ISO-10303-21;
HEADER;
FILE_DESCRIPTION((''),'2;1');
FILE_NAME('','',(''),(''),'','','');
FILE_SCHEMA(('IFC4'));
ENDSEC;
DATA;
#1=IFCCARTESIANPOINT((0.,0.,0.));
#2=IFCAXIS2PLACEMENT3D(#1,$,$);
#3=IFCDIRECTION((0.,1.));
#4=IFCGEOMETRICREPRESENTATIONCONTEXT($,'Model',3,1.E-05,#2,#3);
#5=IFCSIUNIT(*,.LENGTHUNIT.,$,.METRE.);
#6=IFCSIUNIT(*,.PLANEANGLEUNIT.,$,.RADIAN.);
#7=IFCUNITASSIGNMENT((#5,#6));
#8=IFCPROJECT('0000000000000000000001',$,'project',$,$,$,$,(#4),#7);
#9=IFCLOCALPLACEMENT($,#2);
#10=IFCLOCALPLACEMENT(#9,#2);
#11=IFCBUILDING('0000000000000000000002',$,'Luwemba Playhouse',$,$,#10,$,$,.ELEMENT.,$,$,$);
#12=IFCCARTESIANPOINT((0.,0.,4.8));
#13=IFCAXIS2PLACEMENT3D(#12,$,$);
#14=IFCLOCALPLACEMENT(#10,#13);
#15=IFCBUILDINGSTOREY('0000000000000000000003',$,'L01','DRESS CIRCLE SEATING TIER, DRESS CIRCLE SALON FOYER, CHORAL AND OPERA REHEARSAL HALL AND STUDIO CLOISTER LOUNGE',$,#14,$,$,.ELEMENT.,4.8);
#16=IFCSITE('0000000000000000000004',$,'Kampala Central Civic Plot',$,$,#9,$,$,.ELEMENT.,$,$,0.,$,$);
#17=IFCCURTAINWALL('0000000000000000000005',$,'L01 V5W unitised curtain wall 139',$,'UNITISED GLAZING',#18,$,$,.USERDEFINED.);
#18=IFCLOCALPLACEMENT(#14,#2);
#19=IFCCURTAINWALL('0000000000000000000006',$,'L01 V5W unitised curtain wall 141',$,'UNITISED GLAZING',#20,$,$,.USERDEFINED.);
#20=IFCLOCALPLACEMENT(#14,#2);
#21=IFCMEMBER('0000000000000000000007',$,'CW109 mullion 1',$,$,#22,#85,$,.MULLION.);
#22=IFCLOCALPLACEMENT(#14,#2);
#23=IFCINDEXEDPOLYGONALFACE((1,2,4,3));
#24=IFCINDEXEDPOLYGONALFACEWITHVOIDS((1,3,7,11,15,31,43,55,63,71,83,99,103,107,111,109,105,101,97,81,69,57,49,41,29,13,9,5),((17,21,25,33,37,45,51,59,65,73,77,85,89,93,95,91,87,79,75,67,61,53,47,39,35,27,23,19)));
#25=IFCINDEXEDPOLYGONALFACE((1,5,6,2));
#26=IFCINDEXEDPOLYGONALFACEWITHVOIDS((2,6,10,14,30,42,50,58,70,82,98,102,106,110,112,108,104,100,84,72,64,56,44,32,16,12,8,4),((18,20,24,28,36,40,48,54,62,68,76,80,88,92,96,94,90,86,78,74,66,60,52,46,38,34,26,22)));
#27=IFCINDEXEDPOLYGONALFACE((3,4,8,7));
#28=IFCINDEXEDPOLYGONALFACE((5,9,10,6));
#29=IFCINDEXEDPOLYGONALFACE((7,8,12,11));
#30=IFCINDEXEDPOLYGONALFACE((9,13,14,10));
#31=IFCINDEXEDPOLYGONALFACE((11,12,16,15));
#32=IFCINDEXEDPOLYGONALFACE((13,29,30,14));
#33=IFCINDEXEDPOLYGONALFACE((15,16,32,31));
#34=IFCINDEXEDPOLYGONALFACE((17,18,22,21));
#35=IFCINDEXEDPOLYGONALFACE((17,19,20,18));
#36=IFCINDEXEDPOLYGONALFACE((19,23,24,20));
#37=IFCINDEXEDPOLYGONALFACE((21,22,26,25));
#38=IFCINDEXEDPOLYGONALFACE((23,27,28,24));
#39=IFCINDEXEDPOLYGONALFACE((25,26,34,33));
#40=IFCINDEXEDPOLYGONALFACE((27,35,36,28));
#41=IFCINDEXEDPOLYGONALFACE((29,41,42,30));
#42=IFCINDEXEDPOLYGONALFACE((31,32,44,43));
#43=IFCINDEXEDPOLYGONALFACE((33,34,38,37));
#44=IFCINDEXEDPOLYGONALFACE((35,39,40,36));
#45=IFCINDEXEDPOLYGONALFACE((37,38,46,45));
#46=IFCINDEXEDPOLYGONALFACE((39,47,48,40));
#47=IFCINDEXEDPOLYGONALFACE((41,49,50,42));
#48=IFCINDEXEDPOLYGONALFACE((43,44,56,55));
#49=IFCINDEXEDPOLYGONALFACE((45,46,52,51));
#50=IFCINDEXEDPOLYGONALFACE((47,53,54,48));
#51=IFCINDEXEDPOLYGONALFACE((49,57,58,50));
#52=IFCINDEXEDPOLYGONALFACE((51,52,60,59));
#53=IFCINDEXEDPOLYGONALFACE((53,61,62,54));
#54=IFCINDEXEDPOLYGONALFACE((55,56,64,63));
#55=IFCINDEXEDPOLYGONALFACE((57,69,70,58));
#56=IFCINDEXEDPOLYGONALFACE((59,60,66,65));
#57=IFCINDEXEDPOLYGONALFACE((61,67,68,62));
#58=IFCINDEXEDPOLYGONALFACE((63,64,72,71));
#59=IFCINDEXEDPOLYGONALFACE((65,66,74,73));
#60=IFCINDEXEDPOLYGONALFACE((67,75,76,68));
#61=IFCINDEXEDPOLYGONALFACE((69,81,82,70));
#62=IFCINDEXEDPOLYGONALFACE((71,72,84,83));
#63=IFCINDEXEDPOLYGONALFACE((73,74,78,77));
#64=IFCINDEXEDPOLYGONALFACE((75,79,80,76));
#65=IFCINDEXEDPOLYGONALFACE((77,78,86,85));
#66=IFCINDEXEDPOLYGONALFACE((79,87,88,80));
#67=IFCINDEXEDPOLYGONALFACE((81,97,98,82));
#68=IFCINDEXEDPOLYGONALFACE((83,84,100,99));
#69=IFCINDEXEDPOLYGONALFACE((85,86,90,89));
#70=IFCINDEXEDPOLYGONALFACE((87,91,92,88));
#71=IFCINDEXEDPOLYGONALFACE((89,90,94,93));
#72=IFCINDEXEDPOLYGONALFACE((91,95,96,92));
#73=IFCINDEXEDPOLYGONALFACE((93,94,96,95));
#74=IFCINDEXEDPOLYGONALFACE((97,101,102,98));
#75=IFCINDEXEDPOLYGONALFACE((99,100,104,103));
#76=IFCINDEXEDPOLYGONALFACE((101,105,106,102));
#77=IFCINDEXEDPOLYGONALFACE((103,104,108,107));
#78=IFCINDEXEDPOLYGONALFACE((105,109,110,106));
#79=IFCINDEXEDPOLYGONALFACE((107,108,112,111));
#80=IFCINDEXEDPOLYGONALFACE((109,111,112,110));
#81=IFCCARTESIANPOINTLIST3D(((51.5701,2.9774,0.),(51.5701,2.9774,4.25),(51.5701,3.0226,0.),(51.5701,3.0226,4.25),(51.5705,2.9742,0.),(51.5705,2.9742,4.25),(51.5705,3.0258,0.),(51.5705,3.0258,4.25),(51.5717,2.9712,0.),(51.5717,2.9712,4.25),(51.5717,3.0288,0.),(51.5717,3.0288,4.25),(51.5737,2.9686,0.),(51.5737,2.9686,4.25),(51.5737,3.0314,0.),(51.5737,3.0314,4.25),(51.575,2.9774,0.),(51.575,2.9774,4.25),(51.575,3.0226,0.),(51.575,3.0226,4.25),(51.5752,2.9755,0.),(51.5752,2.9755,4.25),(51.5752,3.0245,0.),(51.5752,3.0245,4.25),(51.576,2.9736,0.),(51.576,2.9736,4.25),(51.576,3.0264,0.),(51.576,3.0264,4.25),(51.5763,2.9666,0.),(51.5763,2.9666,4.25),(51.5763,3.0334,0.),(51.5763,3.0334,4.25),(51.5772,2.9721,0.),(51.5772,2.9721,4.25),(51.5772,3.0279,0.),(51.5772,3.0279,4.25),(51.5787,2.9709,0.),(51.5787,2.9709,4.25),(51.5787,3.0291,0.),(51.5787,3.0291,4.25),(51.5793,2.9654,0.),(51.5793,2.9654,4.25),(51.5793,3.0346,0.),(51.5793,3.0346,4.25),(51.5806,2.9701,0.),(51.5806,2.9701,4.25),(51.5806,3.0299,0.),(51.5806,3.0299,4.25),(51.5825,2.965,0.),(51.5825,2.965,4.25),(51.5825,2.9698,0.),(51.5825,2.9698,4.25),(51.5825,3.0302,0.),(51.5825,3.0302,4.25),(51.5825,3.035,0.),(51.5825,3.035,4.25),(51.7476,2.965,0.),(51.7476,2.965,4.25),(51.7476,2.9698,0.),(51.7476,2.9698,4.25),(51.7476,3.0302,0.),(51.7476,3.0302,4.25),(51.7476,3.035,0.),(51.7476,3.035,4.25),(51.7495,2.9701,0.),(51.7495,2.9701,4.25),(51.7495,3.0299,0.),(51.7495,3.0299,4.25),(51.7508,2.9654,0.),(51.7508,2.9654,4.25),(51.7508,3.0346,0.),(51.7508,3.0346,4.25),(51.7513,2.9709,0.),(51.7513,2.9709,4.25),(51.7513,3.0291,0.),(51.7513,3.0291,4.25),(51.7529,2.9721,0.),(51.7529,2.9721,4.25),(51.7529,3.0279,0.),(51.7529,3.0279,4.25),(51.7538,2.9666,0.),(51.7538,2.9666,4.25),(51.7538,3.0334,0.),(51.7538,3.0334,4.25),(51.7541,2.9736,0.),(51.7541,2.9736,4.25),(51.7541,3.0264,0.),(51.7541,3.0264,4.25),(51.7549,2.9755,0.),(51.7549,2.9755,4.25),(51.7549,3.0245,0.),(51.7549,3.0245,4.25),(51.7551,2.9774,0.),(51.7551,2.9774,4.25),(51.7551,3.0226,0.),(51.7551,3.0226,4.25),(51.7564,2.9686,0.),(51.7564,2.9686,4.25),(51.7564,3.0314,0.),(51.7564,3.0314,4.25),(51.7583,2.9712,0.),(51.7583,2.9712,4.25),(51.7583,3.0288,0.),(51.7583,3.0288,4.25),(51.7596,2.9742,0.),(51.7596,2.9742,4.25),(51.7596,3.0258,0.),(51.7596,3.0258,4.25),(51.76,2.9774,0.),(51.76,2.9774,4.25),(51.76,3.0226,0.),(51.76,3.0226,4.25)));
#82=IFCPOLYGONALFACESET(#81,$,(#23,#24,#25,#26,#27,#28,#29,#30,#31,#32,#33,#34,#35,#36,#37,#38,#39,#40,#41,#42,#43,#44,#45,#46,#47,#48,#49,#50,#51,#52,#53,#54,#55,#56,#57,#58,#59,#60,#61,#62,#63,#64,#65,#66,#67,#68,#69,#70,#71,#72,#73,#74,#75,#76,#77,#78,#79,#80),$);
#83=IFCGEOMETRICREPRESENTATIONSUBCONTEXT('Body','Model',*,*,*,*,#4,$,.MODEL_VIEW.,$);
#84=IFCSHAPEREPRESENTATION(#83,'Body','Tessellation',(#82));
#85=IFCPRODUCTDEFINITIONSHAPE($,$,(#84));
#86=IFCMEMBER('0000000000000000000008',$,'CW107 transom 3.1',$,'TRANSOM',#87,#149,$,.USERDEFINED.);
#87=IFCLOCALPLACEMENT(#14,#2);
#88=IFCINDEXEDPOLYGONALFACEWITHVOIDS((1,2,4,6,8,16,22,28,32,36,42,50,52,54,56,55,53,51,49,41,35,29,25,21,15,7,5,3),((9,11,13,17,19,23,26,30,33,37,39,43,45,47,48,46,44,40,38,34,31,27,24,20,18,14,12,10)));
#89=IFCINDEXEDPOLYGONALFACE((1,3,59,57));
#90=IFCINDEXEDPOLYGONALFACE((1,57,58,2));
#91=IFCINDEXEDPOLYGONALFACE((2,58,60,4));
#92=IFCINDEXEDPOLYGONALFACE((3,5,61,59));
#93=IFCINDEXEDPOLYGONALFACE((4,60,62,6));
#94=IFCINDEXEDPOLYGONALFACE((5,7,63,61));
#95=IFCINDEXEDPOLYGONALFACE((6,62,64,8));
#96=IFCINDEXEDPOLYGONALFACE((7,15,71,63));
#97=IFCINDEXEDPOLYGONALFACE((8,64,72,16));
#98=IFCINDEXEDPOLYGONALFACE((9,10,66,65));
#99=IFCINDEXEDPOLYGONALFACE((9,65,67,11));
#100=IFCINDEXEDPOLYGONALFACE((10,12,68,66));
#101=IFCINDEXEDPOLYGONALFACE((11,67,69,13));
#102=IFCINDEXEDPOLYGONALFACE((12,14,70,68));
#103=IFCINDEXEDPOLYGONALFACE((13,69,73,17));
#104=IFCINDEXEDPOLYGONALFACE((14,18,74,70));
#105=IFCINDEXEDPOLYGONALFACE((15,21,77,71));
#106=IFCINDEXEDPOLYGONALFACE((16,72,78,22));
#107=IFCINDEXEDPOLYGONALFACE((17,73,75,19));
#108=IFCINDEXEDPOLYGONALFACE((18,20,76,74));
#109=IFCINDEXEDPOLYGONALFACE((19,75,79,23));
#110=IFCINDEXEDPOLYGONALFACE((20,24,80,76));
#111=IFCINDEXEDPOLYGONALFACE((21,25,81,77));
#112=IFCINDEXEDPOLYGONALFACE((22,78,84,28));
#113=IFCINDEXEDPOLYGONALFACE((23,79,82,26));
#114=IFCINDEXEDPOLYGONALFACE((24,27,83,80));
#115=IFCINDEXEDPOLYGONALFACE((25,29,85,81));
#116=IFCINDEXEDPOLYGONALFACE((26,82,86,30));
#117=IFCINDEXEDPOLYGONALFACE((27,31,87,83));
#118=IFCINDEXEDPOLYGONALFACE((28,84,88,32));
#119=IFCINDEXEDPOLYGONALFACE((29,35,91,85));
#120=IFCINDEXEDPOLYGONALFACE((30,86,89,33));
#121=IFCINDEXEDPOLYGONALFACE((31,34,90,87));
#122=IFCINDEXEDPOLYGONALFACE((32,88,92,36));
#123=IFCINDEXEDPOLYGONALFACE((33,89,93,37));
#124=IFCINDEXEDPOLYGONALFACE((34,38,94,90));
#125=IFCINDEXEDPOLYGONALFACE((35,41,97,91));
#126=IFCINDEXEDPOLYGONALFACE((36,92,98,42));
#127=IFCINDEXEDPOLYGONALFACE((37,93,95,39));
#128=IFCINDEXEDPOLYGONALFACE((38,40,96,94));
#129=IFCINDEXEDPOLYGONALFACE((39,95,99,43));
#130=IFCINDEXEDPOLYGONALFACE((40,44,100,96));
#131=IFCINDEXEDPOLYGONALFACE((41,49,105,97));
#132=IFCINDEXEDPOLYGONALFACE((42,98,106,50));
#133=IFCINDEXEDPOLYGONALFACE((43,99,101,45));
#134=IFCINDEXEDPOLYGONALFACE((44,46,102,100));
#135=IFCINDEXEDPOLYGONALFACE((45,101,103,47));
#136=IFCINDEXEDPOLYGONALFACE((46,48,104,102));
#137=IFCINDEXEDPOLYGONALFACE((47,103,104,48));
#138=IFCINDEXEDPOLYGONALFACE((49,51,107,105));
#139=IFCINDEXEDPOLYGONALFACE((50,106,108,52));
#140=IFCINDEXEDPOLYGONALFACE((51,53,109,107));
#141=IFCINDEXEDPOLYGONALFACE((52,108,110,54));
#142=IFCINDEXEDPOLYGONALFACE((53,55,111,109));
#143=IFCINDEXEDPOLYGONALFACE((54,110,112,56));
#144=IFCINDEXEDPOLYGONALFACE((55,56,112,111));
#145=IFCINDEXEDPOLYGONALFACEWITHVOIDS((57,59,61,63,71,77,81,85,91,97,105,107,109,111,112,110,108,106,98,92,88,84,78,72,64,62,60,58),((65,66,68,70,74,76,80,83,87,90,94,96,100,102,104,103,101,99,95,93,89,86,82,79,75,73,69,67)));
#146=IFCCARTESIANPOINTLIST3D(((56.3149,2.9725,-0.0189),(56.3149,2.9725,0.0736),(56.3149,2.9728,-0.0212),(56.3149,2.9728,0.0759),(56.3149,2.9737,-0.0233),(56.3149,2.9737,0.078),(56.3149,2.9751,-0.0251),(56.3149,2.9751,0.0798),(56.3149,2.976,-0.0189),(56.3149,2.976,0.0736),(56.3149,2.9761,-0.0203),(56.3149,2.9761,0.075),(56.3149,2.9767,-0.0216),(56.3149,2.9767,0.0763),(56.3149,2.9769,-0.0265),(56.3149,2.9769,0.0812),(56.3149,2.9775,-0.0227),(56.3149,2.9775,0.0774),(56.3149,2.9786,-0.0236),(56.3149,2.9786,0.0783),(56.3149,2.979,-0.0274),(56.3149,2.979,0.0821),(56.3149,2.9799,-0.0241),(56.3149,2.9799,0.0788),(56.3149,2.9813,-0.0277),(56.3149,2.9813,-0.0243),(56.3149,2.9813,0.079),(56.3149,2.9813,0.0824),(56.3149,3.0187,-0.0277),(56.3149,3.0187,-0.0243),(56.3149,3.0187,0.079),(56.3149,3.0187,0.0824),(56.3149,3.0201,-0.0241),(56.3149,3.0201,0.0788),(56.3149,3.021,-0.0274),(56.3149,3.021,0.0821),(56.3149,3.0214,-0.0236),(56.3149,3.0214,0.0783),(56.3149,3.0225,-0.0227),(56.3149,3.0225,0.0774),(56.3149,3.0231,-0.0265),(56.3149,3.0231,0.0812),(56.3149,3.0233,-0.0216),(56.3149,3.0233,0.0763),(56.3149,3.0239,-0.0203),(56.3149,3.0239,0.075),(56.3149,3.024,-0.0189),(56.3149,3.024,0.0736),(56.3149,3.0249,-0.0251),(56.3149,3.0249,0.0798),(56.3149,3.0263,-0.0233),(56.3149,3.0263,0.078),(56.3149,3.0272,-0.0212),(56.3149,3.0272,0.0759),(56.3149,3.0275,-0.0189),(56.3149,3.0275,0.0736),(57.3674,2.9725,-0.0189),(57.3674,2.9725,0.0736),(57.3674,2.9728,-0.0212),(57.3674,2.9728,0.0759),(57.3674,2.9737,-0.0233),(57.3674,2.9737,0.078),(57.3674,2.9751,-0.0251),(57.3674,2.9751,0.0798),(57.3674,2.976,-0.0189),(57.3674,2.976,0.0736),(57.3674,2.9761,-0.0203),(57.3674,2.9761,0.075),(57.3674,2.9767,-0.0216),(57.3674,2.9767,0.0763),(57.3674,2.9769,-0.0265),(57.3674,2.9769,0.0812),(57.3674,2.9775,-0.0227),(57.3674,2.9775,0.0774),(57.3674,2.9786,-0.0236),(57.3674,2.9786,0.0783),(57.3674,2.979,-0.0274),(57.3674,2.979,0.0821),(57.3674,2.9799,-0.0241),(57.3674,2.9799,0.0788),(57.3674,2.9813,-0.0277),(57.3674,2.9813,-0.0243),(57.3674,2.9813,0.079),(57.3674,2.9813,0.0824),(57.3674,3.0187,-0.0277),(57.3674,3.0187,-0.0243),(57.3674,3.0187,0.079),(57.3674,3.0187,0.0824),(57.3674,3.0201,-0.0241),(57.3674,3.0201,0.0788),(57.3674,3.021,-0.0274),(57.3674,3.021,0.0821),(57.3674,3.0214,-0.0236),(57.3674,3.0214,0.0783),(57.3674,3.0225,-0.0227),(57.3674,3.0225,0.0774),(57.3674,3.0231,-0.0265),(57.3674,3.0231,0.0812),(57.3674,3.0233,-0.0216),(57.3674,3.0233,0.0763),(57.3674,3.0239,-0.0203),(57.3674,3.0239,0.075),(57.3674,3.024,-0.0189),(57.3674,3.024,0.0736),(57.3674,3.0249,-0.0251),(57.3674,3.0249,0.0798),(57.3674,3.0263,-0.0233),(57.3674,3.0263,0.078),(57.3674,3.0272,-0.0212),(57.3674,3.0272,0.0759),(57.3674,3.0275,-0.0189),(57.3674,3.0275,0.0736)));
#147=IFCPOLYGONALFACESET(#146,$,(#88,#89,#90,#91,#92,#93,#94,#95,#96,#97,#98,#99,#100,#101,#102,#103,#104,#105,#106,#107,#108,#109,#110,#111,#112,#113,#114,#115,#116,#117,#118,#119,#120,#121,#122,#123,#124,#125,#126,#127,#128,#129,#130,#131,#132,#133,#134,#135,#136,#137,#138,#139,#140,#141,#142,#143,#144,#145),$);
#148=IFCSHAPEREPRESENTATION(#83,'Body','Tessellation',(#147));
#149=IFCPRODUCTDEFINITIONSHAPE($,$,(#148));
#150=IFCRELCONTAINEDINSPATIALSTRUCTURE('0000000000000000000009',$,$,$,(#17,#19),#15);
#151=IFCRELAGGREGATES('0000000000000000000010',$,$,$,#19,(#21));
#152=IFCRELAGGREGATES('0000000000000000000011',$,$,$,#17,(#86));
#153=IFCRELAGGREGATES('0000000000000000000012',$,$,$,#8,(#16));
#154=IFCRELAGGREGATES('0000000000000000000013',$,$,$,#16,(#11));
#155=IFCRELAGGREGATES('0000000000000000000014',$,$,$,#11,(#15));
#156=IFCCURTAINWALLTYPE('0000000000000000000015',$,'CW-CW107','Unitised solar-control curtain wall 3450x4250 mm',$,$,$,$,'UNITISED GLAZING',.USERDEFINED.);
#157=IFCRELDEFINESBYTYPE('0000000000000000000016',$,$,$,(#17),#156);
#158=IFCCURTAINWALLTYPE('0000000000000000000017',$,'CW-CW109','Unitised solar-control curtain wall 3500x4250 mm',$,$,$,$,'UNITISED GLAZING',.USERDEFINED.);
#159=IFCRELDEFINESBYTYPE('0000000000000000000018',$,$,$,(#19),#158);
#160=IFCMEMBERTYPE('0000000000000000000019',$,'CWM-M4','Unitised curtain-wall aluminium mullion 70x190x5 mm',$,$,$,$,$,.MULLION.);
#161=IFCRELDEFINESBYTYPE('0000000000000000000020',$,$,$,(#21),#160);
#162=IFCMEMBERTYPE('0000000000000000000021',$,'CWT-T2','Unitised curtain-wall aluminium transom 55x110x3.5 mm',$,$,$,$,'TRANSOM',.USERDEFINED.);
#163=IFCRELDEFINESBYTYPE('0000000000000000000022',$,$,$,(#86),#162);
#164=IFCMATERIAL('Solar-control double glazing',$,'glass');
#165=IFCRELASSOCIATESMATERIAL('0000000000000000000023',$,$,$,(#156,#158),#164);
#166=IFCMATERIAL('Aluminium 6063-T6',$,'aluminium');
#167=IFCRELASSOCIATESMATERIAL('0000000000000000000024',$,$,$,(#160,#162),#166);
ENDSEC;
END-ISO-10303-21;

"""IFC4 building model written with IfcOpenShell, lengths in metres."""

from ifc_helpers import new_model, si_unit, direction, frame, origin, origin_2d, place, context, subcontext, project, spatial, hollow_rectangle, extrude, material, material_profile, profile_set, type_object, element, aggregate, save


model = new_model("IFC4")

# Units and contexts
model_context = context("Model", 3, precision=1e-05, world=origin(), true_north=direction((0.0, 1.0)))
body_context = subcontext(model_context, "Body", "Model", "MODEL_VIEW")
ifc_project = project(units=[si_unit("LENGTHUNIT", "METRE"), si_unit("PLANEANGLEUNIT", "RADIAN")], contexts=[model_context])

# Site, building, storey
site_placement = place(None, origin())
site = spatial("IfcSite", under=ifc_project, at=site_placement, Name="Kampala Central Civic Plot", CompositionType="ELEMENT", RefElevation=0.0)
building_placement = place(site_placement, origin())
building = spatial("IfcBuilding", under=site, at=building_placement, Name="Luwemba Playhouse", CompositionType="ELEMENT")
storey_placement = place(building_placement, frame((0.0, 0.0, 4.8)))
storey = spatial("IfcBuildingStorey", under=building, at=storey_placement, Name="L01", Description="DRESS CIRCLE SEATING TIER, DRESS CIRCLE SALON FOYER, CHORAL AND OPERA REHEARSAL HALL AND STUDIO CLOISTER LOUNGE", CompositionType="ELEMENT", Elevation=4.8)

# Curtain wall
ifc_material_1 = material(Name="Solar-control double glazing", Category="glass")
curtain_wall_type_1 = type_object("IfcCurtainWallType", Name="CW-CW107", Description="Unitised solar-control curtain wall 3450x4250 mm", ElementType="UNITISED GLAZING", PredefinedType="USERDEFINED", material=ifc_material_1)
curtain_wall_1_placement = place(storey_placement, origin())
curtain_wall_1 = element("IfcCurtainWall", 1, at=curtain_wall_1_placement, inside=storey, type_object=curtain_wall_type_1, Name="L01 V5W unitised curtain wall 139", ObjectType="UNITISED GLAZING", PredefinedType="USERDEFINED")
ifc_material_2 = material(Name="Aluminium 6063-T6", Category="aluminium")

# Curtain wall, member
curtain_wall_type_2 = type_object("IfcCurtainWallType", Name="CW-CW109", Description="Unitised solar-control curtain wall 3500x4250 mm", ElementType="UNITISED GLAZING", PredefinedType="USERDEFINED", material=ifc_material_1)
curtain_wall_2_placement = place(storey_placement, origin())
curtain_wall_2 = element("IfcCurtainWall", 2, at=curtain_wall_2_placement, inside=storey, type_object=curtain_wall_type_2, Name="L01 V5W unitised curtain wall 141", ObjectType="UNITISED GLAZING", PredefinedType="USERDEFINED")
ifc_material_profile_1 = material_profile(ifc_material_2, hollow_rectangle(XDim=0.0701, YDim=0.1899, WallThickness=0.0049, InnerFilletRadius=0.0076, OuterFilletRadius=0.0125, at=origin_2d()))
ifc_profile_set_1 = profile_set([ifc_material_profile_1], Name="Aluminium 6063-T6")
member_type_1 = type_object("IfcMemberType", Name="CWM-M4", Description="Unitised curtain-wall aluminium mullion 70x190x5 mm", PredefinedType="MULLION", material=ifc_profile_set_1)
member_1_placement = place(storey_placement, frame((51.665, 3.0, 0.0), z_axis=(0.0, 0.0, 1.0), x_axis=(0.0, -1.0, 0.0)))
member_1 = element("IfcMember", 3, at=member_1_placement, type_object=member_type_1, Name="CW109 mullion 1", PredefinedType="MULLION", context=body_context, shape_type="SweptSolid", body=[
    extrude(hollow_rectangle(XDim=0.0701, YDim=0.1899, WallThickness=0.0049, InnerFilletRadius=0.0076, OuterFilletRadius=0.0125, at=origin_2d()), origin(), (0.0, 0.0, 1.0), 4.25),
])

# Member
ifc_material_profile_2 = material_profile(ifc_material_2, hollow_rectangle(XDim=0.0549, YDim=0.1101, WallThickness=0.0034, InnerFilletRadius=0.0054, OuterFilletRadius=0.0088, at=origin_2d()))
ifc_profile_set_2 = profile_set([ifc_material_profile_2], Name="Aluminium 6063-T6")
member_type_2 = type_object("IfcMemberType", Name="CWT-T2", Description="Unitised curtain-wall aluminium transom 55x110x3.5 mm", ElementType="TRANSOM", PredefinedType="USERDEFINED", material=ifc_profile_set_2)
member_2_placement = place(storey_placement, frame((57.3674, 3.0, 0.0273), z_axis=(-1.0, 0.0, 0.0), x_axis=(0.0, -1.0, 0.0)))
member_2 = element("IfcMember", 4, at=member_2_placement, type_object=member_type_2, Name="CW107 transom 3.1", ObjectType="TRANSOM", PredefinedType="USERDEFINED", context=body_context, shape_type="SweptSolid", body=[
    extrude(hollow_rectangle(XDim=0.0549, YDim=0.1101, WallThickness=0.0034, InnerFilletRadius=0.0054, OuterFilletRadius=0.0088, at=origin_2d()), origin(), (0.0, 0.0, 1.0), 1.0525),
])
aggregate(curtain_wall_2, [member_1])

aggregate(curtain_wall_1, [member_2])

save(model, "model.ifc")
